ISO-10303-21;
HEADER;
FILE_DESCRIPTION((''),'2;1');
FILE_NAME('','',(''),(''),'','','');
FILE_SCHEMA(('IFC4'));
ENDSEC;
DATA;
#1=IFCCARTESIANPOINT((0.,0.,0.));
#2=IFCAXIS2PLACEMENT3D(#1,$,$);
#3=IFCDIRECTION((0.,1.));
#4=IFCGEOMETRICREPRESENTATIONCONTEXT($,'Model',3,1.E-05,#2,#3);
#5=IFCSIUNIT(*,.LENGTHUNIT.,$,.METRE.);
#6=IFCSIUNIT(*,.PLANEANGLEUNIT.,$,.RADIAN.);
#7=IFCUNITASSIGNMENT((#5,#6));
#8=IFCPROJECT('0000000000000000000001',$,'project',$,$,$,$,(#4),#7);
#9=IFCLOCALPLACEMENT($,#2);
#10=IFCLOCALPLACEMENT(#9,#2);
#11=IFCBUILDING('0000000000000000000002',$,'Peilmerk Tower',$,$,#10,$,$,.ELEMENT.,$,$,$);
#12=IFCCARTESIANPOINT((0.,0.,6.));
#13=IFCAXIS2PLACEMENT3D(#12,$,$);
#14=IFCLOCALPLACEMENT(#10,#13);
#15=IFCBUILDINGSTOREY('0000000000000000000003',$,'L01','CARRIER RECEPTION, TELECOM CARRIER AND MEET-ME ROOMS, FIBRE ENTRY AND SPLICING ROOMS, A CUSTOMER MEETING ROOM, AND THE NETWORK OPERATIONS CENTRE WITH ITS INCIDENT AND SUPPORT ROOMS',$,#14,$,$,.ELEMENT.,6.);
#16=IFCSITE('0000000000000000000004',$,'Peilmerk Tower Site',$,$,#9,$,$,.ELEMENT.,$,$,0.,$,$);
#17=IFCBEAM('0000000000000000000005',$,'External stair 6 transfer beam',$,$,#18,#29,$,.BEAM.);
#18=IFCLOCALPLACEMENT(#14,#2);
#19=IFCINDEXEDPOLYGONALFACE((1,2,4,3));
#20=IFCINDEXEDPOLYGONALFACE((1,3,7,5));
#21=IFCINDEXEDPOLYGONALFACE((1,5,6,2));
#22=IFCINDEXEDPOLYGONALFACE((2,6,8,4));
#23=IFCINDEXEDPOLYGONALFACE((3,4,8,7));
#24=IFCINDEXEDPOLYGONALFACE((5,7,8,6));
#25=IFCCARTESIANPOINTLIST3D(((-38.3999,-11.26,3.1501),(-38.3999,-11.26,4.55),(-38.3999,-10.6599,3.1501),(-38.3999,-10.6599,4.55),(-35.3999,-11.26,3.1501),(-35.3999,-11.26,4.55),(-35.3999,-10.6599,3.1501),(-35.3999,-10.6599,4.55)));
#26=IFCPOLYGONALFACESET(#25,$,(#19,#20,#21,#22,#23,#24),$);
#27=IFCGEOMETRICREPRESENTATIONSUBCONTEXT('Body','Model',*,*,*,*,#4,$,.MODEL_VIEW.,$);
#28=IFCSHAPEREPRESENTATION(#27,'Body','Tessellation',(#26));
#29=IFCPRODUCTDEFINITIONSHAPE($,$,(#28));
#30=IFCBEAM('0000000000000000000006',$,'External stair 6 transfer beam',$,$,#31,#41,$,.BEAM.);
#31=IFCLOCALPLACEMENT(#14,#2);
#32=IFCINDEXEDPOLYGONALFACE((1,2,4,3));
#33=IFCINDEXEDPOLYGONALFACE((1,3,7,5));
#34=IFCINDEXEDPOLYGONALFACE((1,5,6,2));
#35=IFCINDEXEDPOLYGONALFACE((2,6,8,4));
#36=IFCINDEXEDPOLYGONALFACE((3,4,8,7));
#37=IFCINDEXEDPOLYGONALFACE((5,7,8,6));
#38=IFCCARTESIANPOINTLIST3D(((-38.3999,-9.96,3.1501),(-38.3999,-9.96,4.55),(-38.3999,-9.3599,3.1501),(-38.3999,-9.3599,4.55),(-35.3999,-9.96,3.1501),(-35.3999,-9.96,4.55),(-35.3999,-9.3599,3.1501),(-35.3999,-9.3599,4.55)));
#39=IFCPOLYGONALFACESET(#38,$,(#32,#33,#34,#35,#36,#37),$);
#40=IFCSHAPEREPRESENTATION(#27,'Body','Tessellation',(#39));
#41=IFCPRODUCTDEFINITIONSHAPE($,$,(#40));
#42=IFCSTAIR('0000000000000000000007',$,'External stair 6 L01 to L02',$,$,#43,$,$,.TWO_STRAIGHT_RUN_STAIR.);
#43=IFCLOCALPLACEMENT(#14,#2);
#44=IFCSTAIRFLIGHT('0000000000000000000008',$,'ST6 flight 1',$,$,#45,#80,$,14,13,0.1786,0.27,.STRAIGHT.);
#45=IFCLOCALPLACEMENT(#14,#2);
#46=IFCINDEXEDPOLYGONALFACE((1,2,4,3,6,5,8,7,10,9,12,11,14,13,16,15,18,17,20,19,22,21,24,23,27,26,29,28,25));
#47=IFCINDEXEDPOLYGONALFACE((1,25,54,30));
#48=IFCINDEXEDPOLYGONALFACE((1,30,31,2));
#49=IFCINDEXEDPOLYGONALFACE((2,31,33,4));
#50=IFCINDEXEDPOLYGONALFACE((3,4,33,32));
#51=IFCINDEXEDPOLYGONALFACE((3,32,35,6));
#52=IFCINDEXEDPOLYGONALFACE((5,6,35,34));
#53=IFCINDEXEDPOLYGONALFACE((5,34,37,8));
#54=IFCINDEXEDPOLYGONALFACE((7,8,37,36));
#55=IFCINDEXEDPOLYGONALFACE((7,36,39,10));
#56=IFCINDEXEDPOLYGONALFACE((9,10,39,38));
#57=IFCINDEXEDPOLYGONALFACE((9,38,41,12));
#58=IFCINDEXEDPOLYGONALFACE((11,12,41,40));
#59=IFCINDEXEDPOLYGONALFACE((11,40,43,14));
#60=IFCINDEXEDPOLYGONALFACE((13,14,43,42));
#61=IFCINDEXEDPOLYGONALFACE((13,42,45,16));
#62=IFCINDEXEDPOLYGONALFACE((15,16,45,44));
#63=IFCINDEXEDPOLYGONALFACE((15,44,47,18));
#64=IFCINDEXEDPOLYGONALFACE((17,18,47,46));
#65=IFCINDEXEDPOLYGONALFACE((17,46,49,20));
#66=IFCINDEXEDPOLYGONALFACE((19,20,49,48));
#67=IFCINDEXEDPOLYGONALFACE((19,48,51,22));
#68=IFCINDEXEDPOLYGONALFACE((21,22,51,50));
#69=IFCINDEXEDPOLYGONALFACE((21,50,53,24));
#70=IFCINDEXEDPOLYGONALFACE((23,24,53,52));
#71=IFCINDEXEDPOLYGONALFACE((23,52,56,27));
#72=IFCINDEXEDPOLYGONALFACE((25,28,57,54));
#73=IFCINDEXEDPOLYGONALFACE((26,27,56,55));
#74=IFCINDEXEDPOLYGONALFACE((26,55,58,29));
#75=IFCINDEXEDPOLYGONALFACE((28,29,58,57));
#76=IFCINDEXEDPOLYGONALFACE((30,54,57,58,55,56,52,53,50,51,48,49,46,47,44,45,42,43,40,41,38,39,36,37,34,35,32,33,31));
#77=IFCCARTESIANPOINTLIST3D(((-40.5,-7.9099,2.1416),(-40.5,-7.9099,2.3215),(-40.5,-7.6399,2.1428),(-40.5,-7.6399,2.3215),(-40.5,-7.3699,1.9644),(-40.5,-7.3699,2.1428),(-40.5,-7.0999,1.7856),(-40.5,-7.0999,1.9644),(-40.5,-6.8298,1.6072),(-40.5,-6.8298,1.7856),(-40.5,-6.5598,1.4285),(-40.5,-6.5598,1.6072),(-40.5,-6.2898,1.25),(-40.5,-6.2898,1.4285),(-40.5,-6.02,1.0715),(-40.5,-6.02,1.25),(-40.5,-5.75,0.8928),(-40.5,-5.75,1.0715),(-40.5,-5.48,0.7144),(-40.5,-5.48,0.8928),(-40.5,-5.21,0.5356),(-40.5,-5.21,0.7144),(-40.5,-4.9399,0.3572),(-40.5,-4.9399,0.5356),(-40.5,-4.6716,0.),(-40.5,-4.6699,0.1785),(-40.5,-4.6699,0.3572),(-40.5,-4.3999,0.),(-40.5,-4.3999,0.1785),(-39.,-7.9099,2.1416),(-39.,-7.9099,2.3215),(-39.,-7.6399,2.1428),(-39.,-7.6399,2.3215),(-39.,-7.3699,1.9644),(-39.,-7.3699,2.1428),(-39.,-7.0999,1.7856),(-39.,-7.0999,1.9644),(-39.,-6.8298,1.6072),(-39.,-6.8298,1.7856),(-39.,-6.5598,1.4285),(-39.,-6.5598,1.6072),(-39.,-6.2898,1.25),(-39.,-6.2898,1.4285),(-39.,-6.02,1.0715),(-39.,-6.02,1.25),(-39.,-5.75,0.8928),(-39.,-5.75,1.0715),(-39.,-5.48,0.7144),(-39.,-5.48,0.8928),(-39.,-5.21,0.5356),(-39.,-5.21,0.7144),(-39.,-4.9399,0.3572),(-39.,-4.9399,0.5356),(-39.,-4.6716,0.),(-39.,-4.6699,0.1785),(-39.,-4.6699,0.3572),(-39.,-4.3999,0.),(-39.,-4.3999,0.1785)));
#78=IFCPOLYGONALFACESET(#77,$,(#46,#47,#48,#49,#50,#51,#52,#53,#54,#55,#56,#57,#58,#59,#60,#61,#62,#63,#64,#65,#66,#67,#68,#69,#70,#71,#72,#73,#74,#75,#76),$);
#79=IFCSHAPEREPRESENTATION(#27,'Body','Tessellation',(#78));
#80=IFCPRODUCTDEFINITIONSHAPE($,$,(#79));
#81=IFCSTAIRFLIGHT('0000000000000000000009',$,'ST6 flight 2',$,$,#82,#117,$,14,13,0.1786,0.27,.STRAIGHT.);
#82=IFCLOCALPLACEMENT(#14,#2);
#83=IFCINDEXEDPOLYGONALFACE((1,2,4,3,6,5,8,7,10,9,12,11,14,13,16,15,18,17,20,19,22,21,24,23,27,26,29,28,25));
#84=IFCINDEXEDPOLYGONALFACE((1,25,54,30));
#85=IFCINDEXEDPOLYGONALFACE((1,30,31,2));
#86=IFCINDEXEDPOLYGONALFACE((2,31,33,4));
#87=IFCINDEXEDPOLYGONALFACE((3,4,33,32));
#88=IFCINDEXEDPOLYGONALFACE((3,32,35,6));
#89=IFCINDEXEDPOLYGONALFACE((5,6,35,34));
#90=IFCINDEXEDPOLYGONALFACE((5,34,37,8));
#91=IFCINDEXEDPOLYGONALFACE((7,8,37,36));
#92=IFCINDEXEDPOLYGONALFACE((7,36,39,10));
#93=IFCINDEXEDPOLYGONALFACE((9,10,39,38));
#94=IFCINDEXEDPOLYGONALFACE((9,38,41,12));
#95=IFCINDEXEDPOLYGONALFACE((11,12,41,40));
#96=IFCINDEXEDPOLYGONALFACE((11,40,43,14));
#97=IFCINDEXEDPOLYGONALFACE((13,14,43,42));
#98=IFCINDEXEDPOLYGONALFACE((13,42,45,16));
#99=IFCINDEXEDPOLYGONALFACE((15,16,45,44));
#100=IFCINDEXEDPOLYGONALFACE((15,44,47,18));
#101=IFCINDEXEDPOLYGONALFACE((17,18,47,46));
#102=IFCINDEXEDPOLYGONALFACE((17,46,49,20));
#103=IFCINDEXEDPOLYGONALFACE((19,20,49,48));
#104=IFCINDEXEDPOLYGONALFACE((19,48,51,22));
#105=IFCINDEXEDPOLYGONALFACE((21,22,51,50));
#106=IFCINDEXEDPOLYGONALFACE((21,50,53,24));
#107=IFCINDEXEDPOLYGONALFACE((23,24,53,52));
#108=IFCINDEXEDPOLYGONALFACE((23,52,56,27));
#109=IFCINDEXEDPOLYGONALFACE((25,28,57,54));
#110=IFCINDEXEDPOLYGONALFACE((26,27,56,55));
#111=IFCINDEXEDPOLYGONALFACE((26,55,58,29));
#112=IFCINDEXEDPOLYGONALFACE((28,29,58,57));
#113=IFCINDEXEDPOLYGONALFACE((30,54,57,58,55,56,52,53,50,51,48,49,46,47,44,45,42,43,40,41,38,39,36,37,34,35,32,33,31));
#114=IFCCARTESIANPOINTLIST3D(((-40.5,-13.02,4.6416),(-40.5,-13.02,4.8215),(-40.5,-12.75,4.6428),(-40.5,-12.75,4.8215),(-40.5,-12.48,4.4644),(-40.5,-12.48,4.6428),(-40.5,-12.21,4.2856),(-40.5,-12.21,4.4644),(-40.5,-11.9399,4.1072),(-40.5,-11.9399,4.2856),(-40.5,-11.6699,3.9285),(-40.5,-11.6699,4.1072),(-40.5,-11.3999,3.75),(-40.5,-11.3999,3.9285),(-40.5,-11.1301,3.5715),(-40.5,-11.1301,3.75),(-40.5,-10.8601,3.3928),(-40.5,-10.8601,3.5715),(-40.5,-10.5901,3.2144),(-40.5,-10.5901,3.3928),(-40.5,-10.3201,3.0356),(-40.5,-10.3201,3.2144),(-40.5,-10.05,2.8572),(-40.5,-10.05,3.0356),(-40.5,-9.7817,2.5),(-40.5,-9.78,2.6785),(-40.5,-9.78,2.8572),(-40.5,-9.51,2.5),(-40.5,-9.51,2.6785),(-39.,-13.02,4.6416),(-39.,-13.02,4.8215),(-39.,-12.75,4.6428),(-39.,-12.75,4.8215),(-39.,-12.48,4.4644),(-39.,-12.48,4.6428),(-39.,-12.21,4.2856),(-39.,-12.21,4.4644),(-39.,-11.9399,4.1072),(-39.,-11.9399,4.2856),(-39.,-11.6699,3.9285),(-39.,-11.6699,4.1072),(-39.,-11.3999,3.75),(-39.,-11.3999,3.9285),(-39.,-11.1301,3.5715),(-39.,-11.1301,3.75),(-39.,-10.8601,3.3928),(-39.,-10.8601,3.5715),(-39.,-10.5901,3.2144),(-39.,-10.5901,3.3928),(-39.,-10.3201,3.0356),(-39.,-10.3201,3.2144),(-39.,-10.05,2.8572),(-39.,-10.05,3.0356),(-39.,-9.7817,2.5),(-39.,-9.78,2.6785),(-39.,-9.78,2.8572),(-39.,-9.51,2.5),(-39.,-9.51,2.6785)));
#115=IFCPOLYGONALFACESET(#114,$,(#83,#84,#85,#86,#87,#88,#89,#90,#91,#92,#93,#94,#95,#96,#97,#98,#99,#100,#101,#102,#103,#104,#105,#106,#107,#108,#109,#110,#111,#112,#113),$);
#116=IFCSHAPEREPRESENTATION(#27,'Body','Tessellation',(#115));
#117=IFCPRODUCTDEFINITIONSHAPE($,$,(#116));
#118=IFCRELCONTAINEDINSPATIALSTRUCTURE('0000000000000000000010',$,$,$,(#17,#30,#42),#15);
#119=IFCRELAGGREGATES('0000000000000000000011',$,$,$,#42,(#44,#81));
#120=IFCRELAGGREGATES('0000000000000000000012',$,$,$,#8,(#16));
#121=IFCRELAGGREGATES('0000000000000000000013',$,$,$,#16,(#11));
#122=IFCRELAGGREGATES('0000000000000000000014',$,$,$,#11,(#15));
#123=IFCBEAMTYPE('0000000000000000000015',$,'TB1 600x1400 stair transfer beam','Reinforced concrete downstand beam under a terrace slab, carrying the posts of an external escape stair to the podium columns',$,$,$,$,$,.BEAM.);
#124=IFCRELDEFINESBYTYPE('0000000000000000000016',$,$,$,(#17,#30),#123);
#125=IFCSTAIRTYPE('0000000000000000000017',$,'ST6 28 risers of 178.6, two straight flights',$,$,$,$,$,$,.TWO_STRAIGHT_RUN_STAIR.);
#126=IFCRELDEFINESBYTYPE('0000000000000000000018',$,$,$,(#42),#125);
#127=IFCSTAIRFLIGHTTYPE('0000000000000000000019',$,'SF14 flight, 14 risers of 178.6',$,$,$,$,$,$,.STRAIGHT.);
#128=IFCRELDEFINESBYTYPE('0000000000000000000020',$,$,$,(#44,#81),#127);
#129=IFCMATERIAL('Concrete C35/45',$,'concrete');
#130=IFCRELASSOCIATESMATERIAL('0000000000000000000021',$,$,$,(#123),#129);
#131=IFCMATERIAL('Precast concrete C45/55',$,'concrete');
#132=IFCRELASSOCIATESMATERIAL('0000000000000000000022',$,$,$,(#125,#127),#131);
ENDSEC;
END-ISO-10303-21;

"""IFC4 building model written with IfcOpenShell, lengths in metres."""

from ifc_helpers import new_model, si_unit, direction, frame, origin, origin_2d, place, context, subcontext, project, spatial, polyline, rectangle, outline, extrude, material, material_profile, profile_set, type_object, element, aggregate, save


model = new_model("IFC4")

# Units and contexts
model_context = context("Model", 3, precision=1e-05, world=origin(), true_north=direction((0.0, 1.0)))
body_context = subcontext(model_context, "Body", "Model", "MODEL_VIEW")
ifc_project = project(units=[si_unit("LENGTHUNIT", "METRE"), si_unit("PLANEANGLEUNIT", "RADIAN")], contexts=[model_context])

# Site, building, storey
site_placement = place(None, origin())
site = spatial("IfcSite", under=ifc_project, at=site_placement, Name="Peilmerk Tower Site", CompositionType="ELEMENT", RefElevation=0.0)
building_placement = place(site_placement, origin())
building = spatial("IfcBuilding", under=site, at=building_placement, Name="Peilmerk Tower", CompositionType="ELEMENT")
storey_placement = place(building_placement, frame((0.0, 0.0, 6.0)))
storey = spatial("IfcBuildingStorey", under=building, at=storey_placement, Name="L01", Description="CARRIER RECEPTION, TELECOM CARRIER AND MEET-ME ROOMS, FIBRE ENTRY AND SPLICING ROOMS, A CUSTOMER MEETING ROOM, AND THE NETWORK OPERATIONS CENTRE WITH ITS INCIDENT AND SUPPORT ROOMS", CompositionType="ELEMENT", Elevation=6.0)

# Beams
ifc_material_1 = material(Name="Concrete C35/45", Category="concrete")
ifc_material_profile_1 = material_profile(ifc_material_1, rectangle(XDim=0.6001, YDim=1.3999, at=origin_2d()), Name="RC 600x1400")
ifc_profile_set_1 = profile_set([ifc_material_profile_1], Name="Concrete C35/45")
beam_type_1 = type_object("IfcBeamType", Name="TB1 600x1400 stair transfer beam", Description="Reinforced concrete downstand beam under a terrace slab, carrying the posts of an external escape stair to the podium columns", PredefinedType="BEAM", material=ifc_profile_set_1)
for number, where, z_axis, x_axis, name in (
    (1, (-35.3999, -10.96, 3.8501), (-1.0, 0.0, 0.0), (0.0, -1.0, 0.0), "External stair 6 transfer beam"),
    (2, (-35.3999, -9.6599, 3.8501), (-1.0, 0.0, 0.0), (0.0, -1.0, 0.0), "External stair 6 transfer beam"),
):
    element("IfcBeam", number, at=place(storey_placement, frame(where, z_axis=z_axis, x_axis=x_axis)), inside=storey, type_object=beam_type_1, Name=name, PredefinedType="BEAM", context=body_context, shape_type="SweptSolid", body=[
        extrude(rectangle(XDim=0.6001, YDim=1.3999, at=origin_2d()), origin(), (0.0, 0.0, 1.0), 3.0),
    ])

# Stair, stair flights
ifc_material_2 = material(Name="Precast concrete C45/55", Category="concrete")
stair_type = type_object("IfcStairType", Name="ST6 28 risers of 178.6, two straight flights", PredefinedType="TWO_STRAIGHT_RUN_STAIR", material=ifc_material_2)
stair_placement = place(storey_placement, origin())
stair = element("IfcStair", 3, at=stair_placement, inside=storey, type_object=stair_type, Name="External stair 6 L01 to L02", PredefinedType="TWO_STRAIGHT_RUN_STAIR")
stair_flight_type = type_object("IfcStairFlightType", Name="SF14 flight, 14 risers of 178.6", PredefinedType="STRAIGHT", material=ifc_material_2)
stair_flight_1_placement = place(storey_placement, frame((-39.75, -4.3999, 0.0), z_axis=(0.0, 0.0, 1.0), x_axis=(0.0, -1.0, 0.0)))
stair_flight_1 = element("IfcStairFlight", 4, at=stair_flight_1_placement, type_object=stair_flight_type, Name="ST6 flight 1", NumberOfRisers=14, NumberOfTreads=13, PredefinedType="STRAIGHT", RiserHeight=0.1786, TreadLength=0.27, context=body_context, shape_type="SweptSolid", body=[
    extrude(outline(polyline([(0.0, 0.0), (0.0, 0.1785), (0.27, 0.1785), (0.27, 0.3572), (0.54, 0.3572), (0.54, 0.5356), (0.8101, 0.5356), (0.8101, 0.7144), (1.0801, 0.7144), (1.0801, 0.8928), (1.3501, 0.8928), (1.3501, 1.0715), (1.6201, 1.0715), (1.6201, 1.25), (1.8899, 1.25), (1.8899, 1.4285), (2.1599, 1.4285), (2.1599, 1.6072), (2.4299, 1.6072), (2.4299, 1.7856), (2.7, 1.7856), (2.7, 1.9644), (2.97, 1.9644), (2.97, 2.1428), (3.24, 2.1428), (3.24, 2.3215), (3.51, 2.3215), (3.51, 2.5), (3.51, 2.1416), (0.2717, 0.0), (0.0, 0.0)])), frame((0.0, 0.75, 0.0), z_axis=(0.0, -1.0, 0.0), x_axis=(1.0, 0.0, 0.0)), (0.0, 0.0, 1.0), 1.5),
])
stair_flight_2_placement = place(storey_placement, frame((-39.75, -9.51, 2.5), z_axis=(0.0, 0.0, 1.0), x_axis=(0.0, -1.0, 0.0)))
stair_flight_2 = element("IfcStairFlight", 5, at=stair_flight_2_placement, type_object=stair_flight_type, Name="ST6 flight 2", NumberOfRisers=14, NumberOfTreads=13, PredefinedType="STRAIGHT", RiserHeight=0.1786, TreadLength=0.27, context=body_context, shape_type="SweptSolid", body=[
    extrude(outline(polyline([(0.0, 0.0), (0.0, 0.1785), (0.27, 0.1785), (0.27, 0.3572), (0.54, 0.3572), (0.54, 0.5356), (0.8101, 0.5356), (0.8101, 0.7144), (1.0801, 0.7144), (1.0801, 0.8928), (1.3501, 0.8928), (1.3501, 1.0715), (1.6201, 1.0715), (1.6201, 1.25), (1.8899, 1.25), (1.8899, 1.4285), (2.1599, 1.4285), (2.1599, 1.6072), (2.4299, 1.6072), (2.4299, 1.7856), (2.7, 1.7856), (2.7, 1.9644), (2.97, 1.9644), (2.97, 2.1428), (3.24, 2.1428), (3.24, 2.3215), (3.51, 2.3215), (3.51, 2.5), (3.51, 2.1416), (0.2717, 0.0), (0.0, 0.0)])), frame((0.0, 0.75, 0.0), z_axis=(0.0, -1.0, 0.0), x_axis=(1.0, 0.0, 0.0)), (0.0, 0.0, 1.0), 1.5),
])
aggregate(stair, [stair_flight_1, stair_flight_2])

save(model, "model.ifc")
